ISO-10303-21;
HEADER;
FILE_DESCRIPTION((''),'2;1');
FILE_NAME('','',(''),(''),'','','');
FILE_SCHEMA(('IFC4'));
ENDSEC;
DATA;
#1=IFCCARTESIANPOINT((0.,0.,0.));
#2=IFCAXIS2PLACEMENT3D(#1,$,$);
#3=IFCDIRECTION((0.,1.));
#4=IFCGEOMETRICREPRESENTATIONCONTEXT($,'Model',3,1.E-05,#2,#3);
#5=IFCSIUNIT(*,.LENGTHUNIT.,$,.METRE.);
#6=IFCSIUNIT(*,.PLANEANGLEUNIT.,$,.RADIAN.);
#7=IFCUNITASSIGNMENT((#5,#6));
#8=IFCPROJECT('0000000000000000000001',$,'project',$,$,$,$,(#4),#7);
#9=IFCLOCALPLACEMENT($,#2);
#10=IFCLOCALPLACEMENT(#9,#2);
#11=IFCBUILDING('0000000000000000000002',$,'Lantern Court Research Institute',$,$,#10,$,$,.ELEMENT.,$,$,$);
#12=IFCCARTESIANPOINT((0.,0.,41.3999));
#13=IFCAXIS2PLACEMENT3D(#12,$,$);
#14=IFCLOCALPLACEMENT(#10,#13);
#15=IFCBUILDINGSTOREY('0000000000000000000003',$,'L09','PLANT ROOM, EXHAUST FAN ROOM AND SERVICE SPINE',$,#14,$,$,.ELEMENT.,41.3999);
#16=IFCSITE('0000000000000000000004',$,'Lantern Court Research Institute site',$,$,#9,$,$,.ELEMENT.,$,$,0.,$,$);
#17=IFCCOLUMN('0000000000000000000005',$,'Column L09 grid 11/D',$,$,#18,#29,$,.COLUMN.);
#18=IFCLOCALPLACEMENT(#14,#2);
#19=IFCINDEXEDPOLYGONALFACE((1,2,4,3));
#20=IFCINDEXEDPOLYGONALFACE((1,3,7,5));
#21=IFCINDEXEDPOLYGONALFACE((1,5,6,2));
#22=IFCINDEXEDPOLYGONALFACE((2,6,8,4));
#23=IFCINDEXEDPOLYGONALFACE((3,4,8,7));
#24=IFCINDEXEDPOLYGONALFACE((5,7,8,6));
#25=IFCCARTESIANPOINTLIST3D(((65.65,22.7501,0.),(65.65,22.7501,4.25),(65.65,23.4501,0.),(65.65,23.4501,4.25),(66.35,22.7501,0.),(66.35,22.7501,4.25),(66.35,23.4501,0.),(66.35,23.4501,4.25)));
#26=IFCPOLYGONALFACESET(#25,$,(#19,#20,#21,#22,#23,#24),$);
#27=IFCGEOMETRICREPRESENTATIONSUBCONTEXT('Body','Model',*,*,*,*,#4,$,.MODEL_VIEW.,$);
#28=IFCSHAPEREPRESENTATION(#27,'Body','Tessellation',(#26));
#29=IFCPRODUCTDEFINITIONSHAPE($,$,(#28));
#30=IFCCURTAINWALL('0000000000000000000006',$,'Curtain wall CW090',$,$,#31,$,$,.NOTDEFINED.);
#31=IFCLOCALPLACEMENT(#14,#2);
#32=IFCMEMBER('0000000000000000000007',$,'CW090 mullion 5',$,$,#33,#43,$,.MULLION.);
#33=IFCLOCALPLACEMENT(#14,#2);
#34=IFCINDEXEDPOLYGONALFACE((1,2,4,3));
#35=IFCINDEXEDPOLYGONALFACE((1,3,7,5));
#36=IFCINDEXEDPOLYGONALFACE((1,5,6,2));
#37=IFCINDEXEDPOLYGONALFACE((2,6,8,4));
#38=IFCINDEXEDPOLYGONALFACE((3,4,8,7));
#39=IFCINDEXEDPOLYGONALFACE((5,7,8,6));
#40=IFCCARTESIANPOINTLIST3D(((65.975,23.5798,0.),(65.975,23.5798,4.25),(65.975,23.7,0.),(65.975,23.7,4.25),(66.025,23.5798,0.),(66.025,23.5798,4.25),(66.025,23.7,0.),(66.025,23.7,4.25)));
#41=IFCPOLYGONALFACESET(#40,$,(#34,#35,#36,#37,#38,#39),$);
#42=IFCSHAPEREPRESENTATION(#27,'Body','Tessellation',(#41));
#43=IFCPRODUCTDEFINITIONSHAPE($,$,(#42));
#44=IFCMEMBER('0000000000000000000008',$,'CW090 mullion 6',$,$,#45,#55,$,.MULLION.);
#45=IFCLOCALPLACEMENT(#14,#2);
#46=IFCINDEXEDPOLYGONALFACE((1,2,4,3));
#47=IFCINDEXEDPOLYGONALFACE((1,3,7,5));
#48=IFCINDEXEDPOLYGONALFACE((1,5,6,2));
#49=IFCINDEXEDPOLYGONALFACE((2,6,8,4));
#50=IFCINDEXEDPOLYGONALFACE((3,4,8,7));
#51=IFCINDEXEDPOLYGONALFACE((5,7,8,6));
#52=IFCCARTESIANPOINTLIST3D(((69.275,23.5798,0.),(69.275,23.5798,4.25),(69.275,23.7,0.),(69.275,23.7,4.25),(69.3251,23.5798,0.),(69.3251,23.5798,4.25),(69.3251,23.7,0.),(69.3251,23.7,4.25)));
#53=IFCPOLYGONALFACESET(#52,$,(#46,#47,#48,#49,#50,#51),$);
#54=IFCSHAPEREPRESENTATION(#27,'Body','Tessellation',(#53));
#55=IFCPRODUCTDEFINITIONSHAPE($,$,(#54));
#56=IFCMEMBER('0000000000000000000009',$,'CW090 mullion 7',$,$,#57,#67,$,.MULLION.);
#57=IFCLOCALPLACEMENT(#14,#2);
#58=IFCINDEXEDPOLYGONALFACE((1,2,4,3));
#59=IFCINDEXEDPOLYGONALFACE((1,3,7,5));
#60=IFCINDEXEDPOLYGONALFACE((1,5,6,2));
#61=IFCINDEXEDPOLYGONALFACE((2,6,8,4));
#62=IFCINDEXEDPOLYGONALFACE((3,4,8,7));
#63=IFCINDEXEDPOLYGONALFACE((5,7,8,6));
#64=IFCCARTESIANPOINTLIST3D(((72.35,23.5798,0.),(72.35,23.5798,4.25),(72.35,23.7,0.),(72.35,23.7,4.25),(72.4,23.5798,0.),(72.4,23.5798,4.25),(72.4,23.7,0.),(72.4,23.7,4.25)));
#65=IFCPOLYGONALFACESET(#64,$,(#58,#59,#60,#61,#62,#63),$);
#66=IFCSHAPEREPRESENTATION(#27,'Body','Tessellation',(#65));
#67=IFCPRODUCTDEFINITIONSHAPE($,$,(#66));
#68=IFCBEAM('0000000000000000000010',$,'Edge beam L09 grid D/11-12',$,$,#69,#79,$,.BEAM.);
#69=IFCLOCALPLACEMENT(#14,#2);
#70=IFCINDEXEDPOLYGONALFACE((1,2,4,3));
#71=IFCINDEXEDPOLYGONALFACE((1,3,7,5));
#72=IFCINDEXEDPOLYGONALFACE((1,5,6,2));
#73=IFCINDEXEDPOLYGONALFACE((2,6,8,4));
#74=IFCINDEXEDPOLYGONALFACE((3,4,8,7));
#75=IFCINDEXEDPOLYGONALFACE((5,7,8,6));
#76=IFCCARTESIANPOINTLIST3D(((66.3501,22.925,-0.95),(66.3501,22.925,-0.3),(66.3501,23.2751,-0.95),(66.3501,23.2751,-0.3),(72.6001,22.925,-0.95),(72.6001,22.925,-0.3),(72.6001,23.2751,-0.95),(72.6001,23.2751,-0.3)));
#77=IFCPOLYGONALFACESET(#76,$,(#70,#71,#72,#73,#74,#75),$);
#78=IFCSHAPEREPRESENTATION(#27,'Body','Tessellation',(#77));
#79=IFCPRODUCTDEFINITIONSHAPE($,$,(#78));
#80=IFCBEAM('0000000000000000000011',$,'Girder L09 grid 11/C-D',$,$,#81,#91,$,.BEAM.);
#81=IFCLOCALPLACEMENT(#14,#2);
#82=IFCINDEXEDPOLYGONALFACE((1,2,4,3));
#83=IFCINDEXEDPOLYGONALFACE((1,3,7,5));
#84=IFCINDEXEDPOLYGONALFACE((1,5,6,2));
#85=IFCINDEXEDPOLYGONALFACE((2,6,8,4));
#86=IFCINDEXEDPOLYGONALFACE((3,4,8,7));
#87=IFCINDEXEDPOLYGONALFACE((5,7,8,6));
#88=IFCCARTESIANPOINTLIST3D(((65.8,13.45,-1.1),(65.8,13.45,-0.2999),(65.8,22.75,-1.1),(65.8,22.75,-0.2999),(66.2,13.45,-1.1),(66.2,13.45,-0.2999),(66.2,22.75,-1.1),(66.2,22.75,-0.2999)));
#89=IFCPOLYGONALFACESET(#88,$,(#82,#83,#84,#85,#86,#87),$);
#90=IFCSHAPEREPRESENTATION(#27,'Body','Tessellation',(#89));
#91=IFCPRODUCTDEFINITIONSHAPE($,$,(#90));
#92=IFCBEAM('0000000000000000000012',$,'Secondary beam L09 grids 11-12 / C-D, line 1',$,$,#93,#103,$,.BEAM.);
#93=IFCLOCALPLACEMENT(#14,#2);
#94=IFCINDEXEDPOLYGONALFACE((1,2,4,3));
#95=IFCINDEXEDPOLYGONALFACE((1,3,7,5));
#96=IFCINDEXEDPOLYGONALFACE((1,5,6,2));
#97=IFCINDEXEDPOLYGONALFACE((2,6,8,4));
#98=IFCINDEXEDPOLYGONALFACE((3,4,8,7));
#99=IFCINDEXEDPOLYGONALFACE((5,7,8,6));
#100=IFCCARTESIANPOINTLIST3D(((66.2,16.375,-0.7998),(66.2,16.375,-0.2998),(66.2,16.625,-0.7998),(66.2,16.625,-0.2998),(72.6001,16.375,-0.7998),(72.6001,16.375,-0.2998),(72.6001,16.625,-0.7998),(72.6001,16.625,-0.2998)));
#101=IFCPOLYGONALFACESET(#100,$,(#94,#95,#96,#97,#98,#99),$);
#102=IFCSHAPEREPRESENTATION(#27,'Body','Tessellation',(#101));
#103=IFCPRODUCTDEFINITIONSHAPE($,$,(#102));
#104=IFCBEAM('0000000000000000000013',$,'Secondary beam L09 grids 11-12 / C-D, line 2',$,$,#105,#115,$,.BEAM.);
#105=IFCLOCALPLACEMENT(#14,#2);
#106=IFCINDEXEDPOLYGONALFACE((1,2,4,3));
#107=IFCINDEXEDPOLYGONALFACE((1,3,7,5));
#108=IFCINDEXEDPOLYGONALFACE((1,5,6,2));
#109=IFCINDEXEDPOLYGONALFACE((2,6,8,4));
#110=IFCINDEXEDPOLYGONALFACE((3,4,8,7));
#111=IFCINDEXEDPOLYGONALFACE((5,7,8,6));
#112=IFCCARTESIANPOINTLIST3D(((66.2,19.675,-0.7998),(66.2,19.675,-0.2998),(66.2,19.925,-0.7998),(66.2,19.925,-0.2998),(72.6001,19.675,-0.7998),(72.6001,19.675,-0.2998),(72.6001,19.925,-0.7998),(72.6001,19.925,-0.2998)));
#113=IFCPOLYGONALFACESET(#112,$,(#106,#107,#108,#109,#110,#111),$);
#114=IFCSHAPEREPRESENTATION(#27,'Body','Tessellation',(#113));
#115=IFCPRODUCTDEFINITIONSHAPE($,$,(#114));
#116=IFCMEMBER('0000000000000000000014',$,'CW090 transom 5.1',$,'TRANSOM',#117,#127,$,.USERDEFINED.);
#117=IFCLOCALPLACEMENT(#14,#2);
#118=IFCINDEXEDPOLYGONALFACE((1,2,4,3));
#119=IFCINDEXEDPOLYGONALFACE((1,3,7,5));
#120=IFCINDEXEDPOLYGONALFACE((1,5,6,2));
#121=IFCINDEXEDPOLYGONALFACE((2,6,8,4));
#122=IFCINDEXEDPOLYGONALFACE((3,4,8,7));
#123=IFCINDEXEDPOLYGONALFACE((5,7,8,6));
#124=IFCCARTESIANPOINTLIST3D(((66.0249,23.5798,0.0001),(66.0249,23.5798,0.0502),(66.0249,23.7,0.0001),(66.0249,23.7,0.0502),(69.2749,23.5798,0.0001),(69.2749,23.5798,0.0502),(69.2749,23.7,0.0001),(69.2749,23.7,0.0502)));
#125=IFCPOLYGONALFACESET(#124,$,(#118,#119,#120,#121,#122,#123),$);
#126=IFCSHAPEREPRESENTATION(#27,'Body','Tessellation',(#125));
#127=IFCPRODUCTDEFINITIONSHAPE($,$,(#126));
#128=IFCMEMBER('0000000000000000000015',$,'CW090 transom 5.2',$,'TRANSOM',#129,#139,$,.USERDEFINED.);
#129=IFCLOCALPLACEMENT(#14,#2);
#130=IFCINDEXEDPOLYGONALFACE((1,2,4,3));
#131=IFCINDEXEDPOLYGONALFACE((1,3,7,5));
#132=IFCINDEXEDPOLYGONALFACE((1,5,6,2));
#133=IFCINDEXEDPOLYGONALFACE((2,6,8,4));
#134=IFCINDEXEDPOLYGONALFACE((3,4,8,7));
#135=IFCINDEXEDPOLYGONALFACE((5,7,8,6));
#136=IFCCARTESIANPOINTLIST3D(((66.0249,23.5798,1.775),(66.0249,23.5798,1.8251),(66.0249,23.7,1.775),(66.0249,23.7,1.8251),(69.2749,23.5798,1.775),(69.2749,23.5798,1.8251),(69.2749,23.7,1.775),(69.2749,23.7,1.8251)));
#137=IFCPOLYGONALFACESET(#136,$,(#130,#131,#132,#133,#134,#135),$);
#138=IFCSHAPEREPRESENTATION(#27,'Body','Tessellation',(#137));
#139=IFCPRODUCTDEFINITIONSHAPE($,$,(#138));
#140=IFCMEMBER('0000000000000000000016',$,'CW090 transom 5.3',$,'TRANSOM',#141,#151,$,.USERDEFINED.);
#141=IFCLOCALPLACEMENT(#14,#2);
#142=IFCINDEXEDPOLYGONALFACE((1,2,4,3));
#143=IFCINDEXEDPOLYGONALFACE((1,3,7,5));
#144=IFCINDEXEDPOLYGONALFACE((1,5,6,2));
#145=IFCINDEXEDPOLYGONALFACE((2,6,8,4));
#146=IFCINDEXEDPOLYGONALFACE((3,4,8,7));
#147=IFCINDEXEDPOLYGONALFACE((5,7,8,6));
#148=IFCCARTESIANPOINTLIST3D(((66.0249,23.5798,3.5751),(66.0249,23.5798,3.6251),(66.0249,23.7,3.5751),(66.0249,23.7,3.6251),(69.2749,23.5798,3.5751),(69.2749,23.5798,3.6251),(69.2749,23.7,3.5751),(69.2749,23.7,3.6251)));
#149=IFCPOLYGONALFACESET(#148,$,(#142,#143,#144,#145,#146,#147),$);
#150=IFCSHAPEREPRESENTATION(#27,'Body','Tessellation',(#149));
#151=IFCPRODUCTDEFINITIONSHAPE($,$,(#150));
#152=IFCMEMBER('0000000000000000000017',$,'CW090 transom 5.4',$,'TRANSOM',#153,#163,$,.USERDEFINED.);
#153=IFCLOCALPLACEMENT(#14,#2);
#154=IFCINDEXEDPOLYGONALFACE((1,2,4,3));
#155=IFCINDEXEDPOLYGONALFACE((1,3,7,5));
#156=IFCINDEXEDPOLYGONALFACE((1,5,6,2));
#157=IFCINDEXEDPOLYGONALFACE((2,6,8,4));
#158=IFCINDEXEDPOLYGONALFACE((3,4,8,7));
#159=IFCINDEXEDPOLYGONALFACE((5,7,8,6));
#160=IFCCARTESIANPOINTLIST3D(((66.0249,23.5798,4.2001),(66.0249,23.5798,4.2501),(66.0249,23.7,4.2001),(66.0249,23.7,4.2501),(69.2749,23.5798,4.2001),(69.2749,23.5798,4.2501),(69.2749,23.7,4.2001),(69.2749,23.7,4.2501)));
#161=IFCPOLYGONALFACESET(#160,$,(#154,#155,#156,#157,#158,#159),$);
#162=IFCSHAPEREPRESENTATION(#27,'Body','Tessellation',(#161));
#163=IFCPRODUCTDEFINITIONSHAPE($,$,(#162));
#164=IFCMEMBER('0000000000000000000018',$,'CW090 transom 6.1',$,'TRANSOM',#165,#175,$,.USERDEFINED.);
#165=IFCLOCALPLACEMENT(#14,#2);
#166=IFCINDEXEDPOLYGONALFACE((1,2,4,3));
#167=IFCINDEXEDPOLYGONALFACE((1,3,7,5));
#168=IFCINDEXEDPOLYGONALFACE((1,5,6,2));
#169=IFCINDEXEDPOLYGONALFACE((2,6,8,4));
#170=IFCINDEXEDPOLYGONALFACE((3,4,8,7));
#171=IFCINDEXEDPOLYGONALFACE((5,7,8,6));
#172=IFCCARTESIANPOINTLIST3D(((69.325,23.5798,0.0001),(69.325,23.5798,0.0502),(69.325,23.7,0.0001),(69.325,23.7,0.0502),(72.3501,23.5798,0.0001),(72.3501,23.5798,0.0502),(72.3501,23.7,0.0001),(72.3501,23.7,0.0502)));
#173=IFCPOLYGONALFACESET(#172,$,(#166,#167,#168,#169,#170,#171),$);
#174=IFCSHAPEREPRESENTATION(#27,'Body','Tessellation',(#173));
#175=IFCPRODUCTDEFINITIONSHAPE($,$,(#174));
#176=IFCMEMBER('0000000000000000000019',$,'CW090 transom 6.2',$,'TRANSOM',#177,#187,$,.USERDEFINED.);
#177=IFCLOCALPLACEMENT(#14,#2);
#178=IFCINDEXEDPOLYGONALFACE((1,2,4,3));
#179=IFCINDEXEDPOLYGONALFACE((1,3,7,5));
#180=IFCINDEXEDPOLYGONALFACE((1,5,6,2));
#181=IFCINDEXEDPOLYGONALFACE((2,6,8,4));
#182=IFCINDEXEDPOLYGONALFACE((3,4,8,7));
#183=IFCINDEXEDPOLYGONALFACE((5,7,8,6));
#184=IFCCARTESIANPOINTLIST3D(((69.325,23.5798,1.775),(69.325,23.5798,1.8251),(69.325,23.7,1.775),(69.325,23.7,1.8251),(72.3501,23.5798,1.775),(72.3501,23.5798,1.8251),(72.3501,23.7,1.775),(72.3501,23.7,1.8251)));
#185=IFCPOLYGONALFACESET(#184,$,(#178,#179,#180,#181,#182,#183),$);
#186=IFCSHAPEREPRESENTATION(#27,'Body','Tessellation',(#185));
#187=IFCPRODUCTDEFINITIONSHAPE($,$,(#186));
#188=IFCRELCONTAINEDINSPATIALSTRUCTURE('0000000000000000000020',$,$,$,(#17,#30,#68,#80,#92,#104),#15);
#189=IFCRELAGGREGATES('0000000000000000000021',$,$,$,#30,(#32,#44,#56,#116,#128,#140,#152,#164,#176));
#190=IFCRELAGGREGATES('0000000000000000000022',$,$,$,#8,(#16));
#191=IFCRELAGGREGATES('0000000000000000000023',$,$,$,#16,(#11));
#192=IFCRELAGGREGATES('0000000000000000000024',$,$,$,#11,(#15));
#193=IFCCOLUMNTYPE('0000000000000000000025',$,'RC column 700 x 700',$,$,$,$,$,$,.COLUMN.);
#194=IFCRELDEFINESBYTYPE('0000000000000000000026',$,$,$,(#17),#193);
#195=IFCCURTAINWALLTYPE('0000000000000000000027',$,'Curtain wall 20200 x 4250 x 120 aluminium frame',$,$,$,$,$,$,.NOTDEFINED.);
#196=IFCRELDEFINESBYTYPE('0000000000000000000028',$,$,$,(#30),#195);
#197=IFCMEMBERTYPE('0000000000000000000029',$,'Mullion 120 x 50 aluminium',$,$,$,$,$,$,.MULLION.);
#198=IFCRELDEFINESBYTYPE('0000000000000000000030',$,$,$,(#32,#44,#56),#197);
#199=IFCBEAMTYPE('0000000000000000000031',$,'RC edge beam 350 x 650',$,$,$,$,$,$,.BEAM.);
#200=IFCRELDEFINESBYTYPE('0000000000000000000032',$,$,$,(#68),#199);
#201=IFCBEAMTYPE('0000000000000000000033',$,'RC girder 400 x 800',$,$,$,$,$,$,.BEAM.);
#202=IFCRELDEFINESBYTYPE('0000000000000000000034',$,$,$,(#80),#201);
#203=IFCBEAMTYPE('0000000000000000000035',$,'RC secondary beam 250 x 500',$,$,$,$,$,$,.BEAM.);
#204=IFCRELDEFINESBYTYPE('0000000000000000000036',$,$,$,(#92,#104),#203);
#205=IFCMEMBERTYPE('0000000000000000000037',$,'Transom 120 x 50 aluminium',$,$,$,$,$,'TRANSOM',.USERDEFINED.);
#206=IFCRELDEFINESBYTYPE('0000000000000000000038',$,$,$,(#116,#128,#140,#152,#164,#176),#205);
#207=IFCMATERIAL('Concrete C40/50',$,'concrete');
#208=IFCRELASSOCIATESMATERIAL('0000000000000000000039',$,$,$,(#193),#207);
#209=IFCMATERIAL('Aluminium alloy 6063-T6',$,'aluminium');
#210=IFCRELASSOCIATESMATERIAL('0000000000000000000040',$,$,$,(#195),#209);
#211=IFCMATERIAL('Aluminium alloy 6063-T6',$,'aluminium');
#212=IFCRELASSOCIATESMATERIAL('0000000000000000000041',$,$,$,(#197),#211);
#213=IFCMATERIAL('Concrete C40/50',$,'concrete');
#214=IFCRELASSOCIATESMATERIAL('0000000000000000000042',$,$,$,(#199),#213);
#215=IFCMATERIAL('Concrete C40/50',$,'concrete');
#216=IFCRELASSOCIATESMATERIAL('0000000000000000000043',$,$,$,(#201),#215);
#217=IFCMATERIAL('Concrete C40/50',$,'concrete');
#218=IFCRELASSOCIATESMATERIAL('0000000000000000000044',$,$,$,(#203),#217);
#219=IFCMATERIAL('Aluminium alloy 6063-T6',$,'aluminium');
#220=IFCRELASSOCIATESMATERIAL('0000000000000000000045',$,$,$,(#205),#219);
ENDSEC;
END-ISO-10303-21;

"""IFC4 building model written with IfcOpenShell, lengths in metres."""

from ifc_helpers import new_model, si_unit, direction, frame, origin, origin_2d, place, context, subcontext, project, spatial, rectangle, extrude, material, material_profile, profile_set, type_object, element, aggregate, save


model = new_model("IFC4")

# Units and contexts
model_context = context("Model", 3, precision=1e-05, world=origin(), true_north=direction((0.0, 1.0)))
body_context = subcontext(model_context, "Body", "Model", "MODEL_VIEW")
ifc_project = project(units=[si_unit("LENGTHUNIT", "METRE"), si_unit("PLANEANGLEUNIT", "RADIAN")], contexts=[model_context])

# Site, building, storey
site_placement = place(None, origin())
site = spatial("IfcSite", under=ifc_project, at=site_placement, Name="Lantern Court Research Institute site", CompositionType="ELEMENT", RefElevation=0.0)
building_placement = place(site_placement, origin())
building = spatial("IfcBuilding", under=site, at=building_placement, Name="Lantern Court Research Institute", CompositionType="ELEMENT")
storey_placement = place(building_placement, frame((0.0, 0.0, 41.3999)))
storey = spatial("IfcBuildingStorey", under=building, at=storey_placement, Name="L09", Description="PLANT ROOM, EXHAUST FAN ROOM AND SERVICE SPINE", CompositionType="ELEMENT", Elevation=41.3999)

# Column
ifc_material_1 = material(Name="Concrete C40/50", Category="concrete")
ifc_material_profile_1 = material_profile(ifc_material_1, rectangle(XDim=0.7, YDim=0.7, at=origin_2d()), Name="RC column 700 x 700")
ifc_profile_set_1 = profile_set([ifc_material_profile_1], Name="Concrete C40/50")
column_type = type_object("IfcColumnType", Name="RC column 700 x 700", PredefinedType="COLUMN", material=ifc_profile_set_1)
column_placement = place(storey_placement, frame((66.0, 23.1001, 0.0), z_axis=(0.0, 0.0, 1.0), x_axis=(1.0, 0.0, 0.0)))
element("IfcColumn", 1, at=column_placement, inside=storey, type_object=column_type, Name="Column L09 grid 11/D", PredefinedType="COLUMN", context=body_context, shape_type="SweptSolid", body=[
    extrude(rectangle(XDim=0.7, YDim=0.7, at=origin_2d()), origin(), (0.0, 0.0, 1.0), 4.25),
])

# Curtain wall, members
ifc_material_2 = material(Name="Aluminium alloy 6063-T6", Category="aluminium")
curtain_wall_type = type_object("IfcCurtainWallType", Name="Curtain wall 20200 x 4250 x 120 aluminium frame", PredefinedType="NOTDEFINED", material=ifc_material_2)
curtain_wall_placement = place(storey_placement, origin())
curtain_wall = element("IfcCurtainWall", 2, at=curtain_wall_placement, inside=storey, type_object=curtain_wall_type, Name="Curtain wall CW090", PredefinedType="NOTDEFINED")
ifc_material_3 = material(Name="Aluminium alloy 6063-T6", Category="aluminium")
ifc_material_profile_2 = material_profile(ifc_material_3, rectangle(XDim=0.1201, YDim=0.05, at=origin_2d()), Name="Mullion 120 x 50")
ifc_profile_set_2 = profile_set([ifc_material_profile_2], Name="Aluminium alloy 6063-T6")
member_type_1 = type_object("IfcMemberType", Name="Mullion 120 x 50 aluminium", PredefinedType="MULLION", material=ifc_profile_set_2)
member_1_placement = place(storey_placement, frame((66.0, 23.6399, 0.0), z_axis=(0.0, 0.0, 1.0), x_axis=(0.0, 1.0, 0.0)))
member_1 = element("IfcMember", 3, at=member_1_placement, type_object=member_type_1, Name="CW090 mullion 5", PredefinedType="MULLION", context=body_context, shape_type="SweptSolid", body=[
    extrude(rectangle(XDim=0.1201, YDim=0.05, at=origin_2d()), origin(), (0.0, 0.0, 1.0), 4.25),
])
member_2_placement = place(storey_placement, frame((69.3, 23.6399, 0.0), z_axis=(0.0, 0.0, 1.0), x_axis=(0.0, 1.0, 0.0)))
member_2 = element("IfcMember", 4, at=member_2_placement, type_object=member_type_1, Name="CW090 mullion 6", PredefinedType="MULLION", context=body_context, shape_type="SweptSolid", body=[
    extrude(rectangle(XDim=0.1201, YDim=0.05, at=origin_2d()), origin(), (0.0, 0.0, 1.0), 4.25),
])
member_3_placement = place(storey_placement, frame((72.375, 23.6399, 0.0), z_axis=(0.0, 0.0, 1.0), x_axis=(0.0, 1.0, 0.0)))
member_3 = element("IfcMember", 5, at=member_3_placement, type_object=member_type_1, Name="CW090 mullion 7", PredefinedType="MULLION", context=body_context, shape_type="SweptSolid", body=[
    extrude(rectangle(XDim=0.1201, YDim=0.05, at=origin_2d()), origin(), (0.0, 0.0, 1.0), 4.25),
])

# Beams
ifc_material_4 = material(Name="Concrete C40/50", Category="concrete")
ifc_material_profile_3 = material_profile(ifc_material_4, rectangle(XDim=0.3501, YDim=0.6499, at=origin_2d()), Name="RC beam 350 x 650")
ifc_profile_set_3 = profile_set([ifc_material_profile_3], Name="Concrete C40/50")
beam_type_1 = type_object("IfcBeamType", Name="RC edge beam 350 x 650", PredefinedType="BEAM", material=ifc_profile_set_3)
beam_1_placement = place(storey_placement, frame((66.3501, 23.1001, -0.625), z_axis=(1.0, 0.0, 0.0), x_axis=(0.0, 1.0, 0.0)))
element("IfcBeam", 6, at=beam_1_placement, inside=storey, type_object=beam_type_1, Name="Edge beam L09 grid D/11-12", PredefinedType="BEAM", context=body_context, shape_type="SweptSolid", body=[
    extrude(rectangle(XDim=0.3501, YDim=0.6499, at=origin_2d()), origin(), (0.0, 0.0, 1.0), 6.25),
])
ifc_material_5 = material(Name="Concrete C40/50", Category="concrete")
ifc_material_profile_4 = material_profile(ifc_material_5, rectangle(XDim=0.3999, YDim=0.8, at=origin_2d()), Name="RC beam 400 x 800")
ifc_profile_set_4 = profile_set([ifc_material_profile_4], Name="Concrete C40/50")
beam_type_2 = type_object("IfcBeamType", Name="RC girder 400 x 800", PredefinedType="BEAM", material=ifc_profile_set_4)
beam_2_placement = place(storey_placement, frame((66.0, 13.45, -0.7), z_axis=(0.0, 1.0, 0.0), x_axis=(-1.0, 0.0, 0.0)))
element("IfcBeam", 7, at=beam_2_placement, inside=storey, type_object=beam_type_2, Name="Girder L09 grid 11/C-D", PredefinedType="BEAM", context=body_context, shape_type="SweptSolid", body=[
    extrude(rectangle(XDim=0.3999, YDim=0.8, at=origin_2d()), origin(), (0.0, 0.0, 1.0), 9.3),
])
ifc_material_6 = material(Name="Concrete C40/50", Category="concrete")
ifc_material_profile_5 = material_profile(ifc_material_6, rectangle(XDim=0.25, YDim=0.5, at=origin_2d()), Name="RC beam 250 x 500")
ifc_profile_set_5 = profile_set([ifc_material_profile_5], Name="Concrete C40/50")
beam_type_3 = type_object("IfcBeamType", Name="RC secondary beam 250 x 500", PredefinedType="BEAM", material=ifc_profile_set_5)
for number, where, z_axis, x_axis, name in (
    (8, (66.2, 16.5, -0.5498), (1.0, 0.0, 0.0), (0.0, 1.0, 0.0), "Secondary beam L09 grids 11-12 / C-D, line 1"),
    (9, (66.2, 19.8, -0.5498), (1.0, 0.0, 0.0), (0.0, 1.0, 0.0), "Secondary beam L09 grids 11-12 / C-D, line 2"),
):
    element("IfcBeam", number, at=place(storey_placement, frame(where, z_axis=z_axis, x_axis=x_axis)), inside=storey, type_object=beam_type_3, Name=name, PredefinedType="BEAM", context=body_context, shape_type="SweptSolid", body=[
        extrude(rectangle(XDim=0.25, YDim=0.5, at=origin_2d()), origin(), (0.0, 0.0, 1.0), 6.4001),
    ])

# Members
ifc_material_7 = material(Name="Aluminium alloy 6063-T6", Category="aluminium")
ifc_material_profile_6 = material_profile(ifc_material_7, rectangle(XDim=0.1201, YDim=0.05, at=origin_2d()), Name="Transom 120 x 50")
ifc_profile_set_6 = profile_set([ifc_material_profile_6], Name="Aluminium alloy 6063-T6")
member_type_2 = type_object("IfcMemberType", Name="Transom 120 x 50 aluminium", ElementType="TRANSOM", PredefinedType="USERDEFINED", material=ifc_profile_set_6)
member_4_placement = place(storey_placement, frame((66.0249, 23.6399, 0.0251), z_axis=(1.0, 0.0, 0.0), x_axis=(0.0, 1.0, 0.0)))
member_4 = element("IfcMember", 10, at=member_4_placement, type_object=member_type_2, Name="CW090 transom 5.1", ObjectType="TRANSOM", PredefinedType="USERDEFINED", context=body_context, shape_type="SweptSolid", body=[
    extrude(rectangle(XDim=0.1201, YDim=0.05, at=origin_2d()), origin(), (0.0, 0.0, 1.0), 3.25),
])
member_5_placement = place(storey_placement, frame((66.0249, 23.6399, 1.8), z_axis=(1.0, 0.0, 0.0), x_axis=(0.0, 1.0, 0.0)))
member_5 = element("IfcMember", 11, at=member_5_placement, type_object=member_type_2, Name="CW090 transom 5.2", ObjectType="TRANSOM", PredefinedType="USERDEFINED", context=body_context, shape_type="SweptSolid", body=[
    extrude(rectangle(XDim=0.1201, YDim=0.05, at=origin_2d()), origin(), (0.0, 0.0, 1.0), 3.25),
])
member_6_placement = place(storey_placement, frame((66.0249, 23.6399, 3.6001), z_axis=(1.0, 0.0, 0.0), x_axis=(0.0, 1.0, 0.0)))
member_6 = element("IfcMember", 12, at=member_6_placement, type_object=member_type_2, Name="CW090 transom 5.3", ObjectType="TRANSOM", PredefinedType="USERDEFINED", context=body_context, shape_type="SweptSolid", body=[
    extrude(rectangle(XDim=0.1201, YDim=0.05, at=origin_2d()), origin(), (0.0, 0.0, 1.0), 3.25),
])
member_7_placement = place(storey_placement, frame((66.0249, 23.6399, 4.2251), z_axis=(1.0, 0.0, 0.0), x_axis=(0.0, 1.0, 0.0)))
member_7 = element("IfcMember", 13, at=member_7_placement, type_object=member_type_2, Name="CW090 transom 5.4", ObjectType="TRANSOM", PredefinedType="USERDEFINED", context=body_context, shape_type="SweptSolid", body=[
    extrude(rectangle(XDim=0.1201, YDim=0.05, at=origin_2d()), origin(), (0.0, 0.0, 1.0), 3.25),
])
member_8_placement = place(storey_placement, frame((69.325, 23.6399, 0.0251), z_axis=(1.0, 0.0, 0.0), x_axis=(0.0, 1.0, 0.0)))
member_8 = element("IfcMember", 14, at=member_8_placement, type_object=member_type_2, Name="CW090 transom 6.1", ObjectType="TRANSOM", PredefinedType="USERDEFINED", context=body_context, shape_type="SweptSolid", body=[
    extrude(rectangle(XDim=0.1201, YDim=0.05, at=origin_2d()), origin(), (0.0, 0.0, 1.0), 3.0251),
])
member_9_placement = place(storey_placement, frame((69.325, 23.6399, 1.8), z_axis=(1.0, 0.0, 0.0), x_axis=(0.0, 1.0, 0.0)))
member_9 = element("IfcMember", 15, at=member_9_placement, type_object=member_type_2, Name="CW090 transom 6.2", ObjectType="TRANSOM", PredefinedType="USERDEFINED", context=body_context, shape_type="SweptSolid", body=[
    extrude(rectangle(XDim=0.1201, YDim=0.05, at=origin_2d()), origin(), (0.0, 0.0, 1.0), 3.0251),
])

aggregate(curtain_wall, [member_1, member_2, member_3, member_4, member_5, member_6, member_7, member_8, member_9])

save(model, "model.ifc")
